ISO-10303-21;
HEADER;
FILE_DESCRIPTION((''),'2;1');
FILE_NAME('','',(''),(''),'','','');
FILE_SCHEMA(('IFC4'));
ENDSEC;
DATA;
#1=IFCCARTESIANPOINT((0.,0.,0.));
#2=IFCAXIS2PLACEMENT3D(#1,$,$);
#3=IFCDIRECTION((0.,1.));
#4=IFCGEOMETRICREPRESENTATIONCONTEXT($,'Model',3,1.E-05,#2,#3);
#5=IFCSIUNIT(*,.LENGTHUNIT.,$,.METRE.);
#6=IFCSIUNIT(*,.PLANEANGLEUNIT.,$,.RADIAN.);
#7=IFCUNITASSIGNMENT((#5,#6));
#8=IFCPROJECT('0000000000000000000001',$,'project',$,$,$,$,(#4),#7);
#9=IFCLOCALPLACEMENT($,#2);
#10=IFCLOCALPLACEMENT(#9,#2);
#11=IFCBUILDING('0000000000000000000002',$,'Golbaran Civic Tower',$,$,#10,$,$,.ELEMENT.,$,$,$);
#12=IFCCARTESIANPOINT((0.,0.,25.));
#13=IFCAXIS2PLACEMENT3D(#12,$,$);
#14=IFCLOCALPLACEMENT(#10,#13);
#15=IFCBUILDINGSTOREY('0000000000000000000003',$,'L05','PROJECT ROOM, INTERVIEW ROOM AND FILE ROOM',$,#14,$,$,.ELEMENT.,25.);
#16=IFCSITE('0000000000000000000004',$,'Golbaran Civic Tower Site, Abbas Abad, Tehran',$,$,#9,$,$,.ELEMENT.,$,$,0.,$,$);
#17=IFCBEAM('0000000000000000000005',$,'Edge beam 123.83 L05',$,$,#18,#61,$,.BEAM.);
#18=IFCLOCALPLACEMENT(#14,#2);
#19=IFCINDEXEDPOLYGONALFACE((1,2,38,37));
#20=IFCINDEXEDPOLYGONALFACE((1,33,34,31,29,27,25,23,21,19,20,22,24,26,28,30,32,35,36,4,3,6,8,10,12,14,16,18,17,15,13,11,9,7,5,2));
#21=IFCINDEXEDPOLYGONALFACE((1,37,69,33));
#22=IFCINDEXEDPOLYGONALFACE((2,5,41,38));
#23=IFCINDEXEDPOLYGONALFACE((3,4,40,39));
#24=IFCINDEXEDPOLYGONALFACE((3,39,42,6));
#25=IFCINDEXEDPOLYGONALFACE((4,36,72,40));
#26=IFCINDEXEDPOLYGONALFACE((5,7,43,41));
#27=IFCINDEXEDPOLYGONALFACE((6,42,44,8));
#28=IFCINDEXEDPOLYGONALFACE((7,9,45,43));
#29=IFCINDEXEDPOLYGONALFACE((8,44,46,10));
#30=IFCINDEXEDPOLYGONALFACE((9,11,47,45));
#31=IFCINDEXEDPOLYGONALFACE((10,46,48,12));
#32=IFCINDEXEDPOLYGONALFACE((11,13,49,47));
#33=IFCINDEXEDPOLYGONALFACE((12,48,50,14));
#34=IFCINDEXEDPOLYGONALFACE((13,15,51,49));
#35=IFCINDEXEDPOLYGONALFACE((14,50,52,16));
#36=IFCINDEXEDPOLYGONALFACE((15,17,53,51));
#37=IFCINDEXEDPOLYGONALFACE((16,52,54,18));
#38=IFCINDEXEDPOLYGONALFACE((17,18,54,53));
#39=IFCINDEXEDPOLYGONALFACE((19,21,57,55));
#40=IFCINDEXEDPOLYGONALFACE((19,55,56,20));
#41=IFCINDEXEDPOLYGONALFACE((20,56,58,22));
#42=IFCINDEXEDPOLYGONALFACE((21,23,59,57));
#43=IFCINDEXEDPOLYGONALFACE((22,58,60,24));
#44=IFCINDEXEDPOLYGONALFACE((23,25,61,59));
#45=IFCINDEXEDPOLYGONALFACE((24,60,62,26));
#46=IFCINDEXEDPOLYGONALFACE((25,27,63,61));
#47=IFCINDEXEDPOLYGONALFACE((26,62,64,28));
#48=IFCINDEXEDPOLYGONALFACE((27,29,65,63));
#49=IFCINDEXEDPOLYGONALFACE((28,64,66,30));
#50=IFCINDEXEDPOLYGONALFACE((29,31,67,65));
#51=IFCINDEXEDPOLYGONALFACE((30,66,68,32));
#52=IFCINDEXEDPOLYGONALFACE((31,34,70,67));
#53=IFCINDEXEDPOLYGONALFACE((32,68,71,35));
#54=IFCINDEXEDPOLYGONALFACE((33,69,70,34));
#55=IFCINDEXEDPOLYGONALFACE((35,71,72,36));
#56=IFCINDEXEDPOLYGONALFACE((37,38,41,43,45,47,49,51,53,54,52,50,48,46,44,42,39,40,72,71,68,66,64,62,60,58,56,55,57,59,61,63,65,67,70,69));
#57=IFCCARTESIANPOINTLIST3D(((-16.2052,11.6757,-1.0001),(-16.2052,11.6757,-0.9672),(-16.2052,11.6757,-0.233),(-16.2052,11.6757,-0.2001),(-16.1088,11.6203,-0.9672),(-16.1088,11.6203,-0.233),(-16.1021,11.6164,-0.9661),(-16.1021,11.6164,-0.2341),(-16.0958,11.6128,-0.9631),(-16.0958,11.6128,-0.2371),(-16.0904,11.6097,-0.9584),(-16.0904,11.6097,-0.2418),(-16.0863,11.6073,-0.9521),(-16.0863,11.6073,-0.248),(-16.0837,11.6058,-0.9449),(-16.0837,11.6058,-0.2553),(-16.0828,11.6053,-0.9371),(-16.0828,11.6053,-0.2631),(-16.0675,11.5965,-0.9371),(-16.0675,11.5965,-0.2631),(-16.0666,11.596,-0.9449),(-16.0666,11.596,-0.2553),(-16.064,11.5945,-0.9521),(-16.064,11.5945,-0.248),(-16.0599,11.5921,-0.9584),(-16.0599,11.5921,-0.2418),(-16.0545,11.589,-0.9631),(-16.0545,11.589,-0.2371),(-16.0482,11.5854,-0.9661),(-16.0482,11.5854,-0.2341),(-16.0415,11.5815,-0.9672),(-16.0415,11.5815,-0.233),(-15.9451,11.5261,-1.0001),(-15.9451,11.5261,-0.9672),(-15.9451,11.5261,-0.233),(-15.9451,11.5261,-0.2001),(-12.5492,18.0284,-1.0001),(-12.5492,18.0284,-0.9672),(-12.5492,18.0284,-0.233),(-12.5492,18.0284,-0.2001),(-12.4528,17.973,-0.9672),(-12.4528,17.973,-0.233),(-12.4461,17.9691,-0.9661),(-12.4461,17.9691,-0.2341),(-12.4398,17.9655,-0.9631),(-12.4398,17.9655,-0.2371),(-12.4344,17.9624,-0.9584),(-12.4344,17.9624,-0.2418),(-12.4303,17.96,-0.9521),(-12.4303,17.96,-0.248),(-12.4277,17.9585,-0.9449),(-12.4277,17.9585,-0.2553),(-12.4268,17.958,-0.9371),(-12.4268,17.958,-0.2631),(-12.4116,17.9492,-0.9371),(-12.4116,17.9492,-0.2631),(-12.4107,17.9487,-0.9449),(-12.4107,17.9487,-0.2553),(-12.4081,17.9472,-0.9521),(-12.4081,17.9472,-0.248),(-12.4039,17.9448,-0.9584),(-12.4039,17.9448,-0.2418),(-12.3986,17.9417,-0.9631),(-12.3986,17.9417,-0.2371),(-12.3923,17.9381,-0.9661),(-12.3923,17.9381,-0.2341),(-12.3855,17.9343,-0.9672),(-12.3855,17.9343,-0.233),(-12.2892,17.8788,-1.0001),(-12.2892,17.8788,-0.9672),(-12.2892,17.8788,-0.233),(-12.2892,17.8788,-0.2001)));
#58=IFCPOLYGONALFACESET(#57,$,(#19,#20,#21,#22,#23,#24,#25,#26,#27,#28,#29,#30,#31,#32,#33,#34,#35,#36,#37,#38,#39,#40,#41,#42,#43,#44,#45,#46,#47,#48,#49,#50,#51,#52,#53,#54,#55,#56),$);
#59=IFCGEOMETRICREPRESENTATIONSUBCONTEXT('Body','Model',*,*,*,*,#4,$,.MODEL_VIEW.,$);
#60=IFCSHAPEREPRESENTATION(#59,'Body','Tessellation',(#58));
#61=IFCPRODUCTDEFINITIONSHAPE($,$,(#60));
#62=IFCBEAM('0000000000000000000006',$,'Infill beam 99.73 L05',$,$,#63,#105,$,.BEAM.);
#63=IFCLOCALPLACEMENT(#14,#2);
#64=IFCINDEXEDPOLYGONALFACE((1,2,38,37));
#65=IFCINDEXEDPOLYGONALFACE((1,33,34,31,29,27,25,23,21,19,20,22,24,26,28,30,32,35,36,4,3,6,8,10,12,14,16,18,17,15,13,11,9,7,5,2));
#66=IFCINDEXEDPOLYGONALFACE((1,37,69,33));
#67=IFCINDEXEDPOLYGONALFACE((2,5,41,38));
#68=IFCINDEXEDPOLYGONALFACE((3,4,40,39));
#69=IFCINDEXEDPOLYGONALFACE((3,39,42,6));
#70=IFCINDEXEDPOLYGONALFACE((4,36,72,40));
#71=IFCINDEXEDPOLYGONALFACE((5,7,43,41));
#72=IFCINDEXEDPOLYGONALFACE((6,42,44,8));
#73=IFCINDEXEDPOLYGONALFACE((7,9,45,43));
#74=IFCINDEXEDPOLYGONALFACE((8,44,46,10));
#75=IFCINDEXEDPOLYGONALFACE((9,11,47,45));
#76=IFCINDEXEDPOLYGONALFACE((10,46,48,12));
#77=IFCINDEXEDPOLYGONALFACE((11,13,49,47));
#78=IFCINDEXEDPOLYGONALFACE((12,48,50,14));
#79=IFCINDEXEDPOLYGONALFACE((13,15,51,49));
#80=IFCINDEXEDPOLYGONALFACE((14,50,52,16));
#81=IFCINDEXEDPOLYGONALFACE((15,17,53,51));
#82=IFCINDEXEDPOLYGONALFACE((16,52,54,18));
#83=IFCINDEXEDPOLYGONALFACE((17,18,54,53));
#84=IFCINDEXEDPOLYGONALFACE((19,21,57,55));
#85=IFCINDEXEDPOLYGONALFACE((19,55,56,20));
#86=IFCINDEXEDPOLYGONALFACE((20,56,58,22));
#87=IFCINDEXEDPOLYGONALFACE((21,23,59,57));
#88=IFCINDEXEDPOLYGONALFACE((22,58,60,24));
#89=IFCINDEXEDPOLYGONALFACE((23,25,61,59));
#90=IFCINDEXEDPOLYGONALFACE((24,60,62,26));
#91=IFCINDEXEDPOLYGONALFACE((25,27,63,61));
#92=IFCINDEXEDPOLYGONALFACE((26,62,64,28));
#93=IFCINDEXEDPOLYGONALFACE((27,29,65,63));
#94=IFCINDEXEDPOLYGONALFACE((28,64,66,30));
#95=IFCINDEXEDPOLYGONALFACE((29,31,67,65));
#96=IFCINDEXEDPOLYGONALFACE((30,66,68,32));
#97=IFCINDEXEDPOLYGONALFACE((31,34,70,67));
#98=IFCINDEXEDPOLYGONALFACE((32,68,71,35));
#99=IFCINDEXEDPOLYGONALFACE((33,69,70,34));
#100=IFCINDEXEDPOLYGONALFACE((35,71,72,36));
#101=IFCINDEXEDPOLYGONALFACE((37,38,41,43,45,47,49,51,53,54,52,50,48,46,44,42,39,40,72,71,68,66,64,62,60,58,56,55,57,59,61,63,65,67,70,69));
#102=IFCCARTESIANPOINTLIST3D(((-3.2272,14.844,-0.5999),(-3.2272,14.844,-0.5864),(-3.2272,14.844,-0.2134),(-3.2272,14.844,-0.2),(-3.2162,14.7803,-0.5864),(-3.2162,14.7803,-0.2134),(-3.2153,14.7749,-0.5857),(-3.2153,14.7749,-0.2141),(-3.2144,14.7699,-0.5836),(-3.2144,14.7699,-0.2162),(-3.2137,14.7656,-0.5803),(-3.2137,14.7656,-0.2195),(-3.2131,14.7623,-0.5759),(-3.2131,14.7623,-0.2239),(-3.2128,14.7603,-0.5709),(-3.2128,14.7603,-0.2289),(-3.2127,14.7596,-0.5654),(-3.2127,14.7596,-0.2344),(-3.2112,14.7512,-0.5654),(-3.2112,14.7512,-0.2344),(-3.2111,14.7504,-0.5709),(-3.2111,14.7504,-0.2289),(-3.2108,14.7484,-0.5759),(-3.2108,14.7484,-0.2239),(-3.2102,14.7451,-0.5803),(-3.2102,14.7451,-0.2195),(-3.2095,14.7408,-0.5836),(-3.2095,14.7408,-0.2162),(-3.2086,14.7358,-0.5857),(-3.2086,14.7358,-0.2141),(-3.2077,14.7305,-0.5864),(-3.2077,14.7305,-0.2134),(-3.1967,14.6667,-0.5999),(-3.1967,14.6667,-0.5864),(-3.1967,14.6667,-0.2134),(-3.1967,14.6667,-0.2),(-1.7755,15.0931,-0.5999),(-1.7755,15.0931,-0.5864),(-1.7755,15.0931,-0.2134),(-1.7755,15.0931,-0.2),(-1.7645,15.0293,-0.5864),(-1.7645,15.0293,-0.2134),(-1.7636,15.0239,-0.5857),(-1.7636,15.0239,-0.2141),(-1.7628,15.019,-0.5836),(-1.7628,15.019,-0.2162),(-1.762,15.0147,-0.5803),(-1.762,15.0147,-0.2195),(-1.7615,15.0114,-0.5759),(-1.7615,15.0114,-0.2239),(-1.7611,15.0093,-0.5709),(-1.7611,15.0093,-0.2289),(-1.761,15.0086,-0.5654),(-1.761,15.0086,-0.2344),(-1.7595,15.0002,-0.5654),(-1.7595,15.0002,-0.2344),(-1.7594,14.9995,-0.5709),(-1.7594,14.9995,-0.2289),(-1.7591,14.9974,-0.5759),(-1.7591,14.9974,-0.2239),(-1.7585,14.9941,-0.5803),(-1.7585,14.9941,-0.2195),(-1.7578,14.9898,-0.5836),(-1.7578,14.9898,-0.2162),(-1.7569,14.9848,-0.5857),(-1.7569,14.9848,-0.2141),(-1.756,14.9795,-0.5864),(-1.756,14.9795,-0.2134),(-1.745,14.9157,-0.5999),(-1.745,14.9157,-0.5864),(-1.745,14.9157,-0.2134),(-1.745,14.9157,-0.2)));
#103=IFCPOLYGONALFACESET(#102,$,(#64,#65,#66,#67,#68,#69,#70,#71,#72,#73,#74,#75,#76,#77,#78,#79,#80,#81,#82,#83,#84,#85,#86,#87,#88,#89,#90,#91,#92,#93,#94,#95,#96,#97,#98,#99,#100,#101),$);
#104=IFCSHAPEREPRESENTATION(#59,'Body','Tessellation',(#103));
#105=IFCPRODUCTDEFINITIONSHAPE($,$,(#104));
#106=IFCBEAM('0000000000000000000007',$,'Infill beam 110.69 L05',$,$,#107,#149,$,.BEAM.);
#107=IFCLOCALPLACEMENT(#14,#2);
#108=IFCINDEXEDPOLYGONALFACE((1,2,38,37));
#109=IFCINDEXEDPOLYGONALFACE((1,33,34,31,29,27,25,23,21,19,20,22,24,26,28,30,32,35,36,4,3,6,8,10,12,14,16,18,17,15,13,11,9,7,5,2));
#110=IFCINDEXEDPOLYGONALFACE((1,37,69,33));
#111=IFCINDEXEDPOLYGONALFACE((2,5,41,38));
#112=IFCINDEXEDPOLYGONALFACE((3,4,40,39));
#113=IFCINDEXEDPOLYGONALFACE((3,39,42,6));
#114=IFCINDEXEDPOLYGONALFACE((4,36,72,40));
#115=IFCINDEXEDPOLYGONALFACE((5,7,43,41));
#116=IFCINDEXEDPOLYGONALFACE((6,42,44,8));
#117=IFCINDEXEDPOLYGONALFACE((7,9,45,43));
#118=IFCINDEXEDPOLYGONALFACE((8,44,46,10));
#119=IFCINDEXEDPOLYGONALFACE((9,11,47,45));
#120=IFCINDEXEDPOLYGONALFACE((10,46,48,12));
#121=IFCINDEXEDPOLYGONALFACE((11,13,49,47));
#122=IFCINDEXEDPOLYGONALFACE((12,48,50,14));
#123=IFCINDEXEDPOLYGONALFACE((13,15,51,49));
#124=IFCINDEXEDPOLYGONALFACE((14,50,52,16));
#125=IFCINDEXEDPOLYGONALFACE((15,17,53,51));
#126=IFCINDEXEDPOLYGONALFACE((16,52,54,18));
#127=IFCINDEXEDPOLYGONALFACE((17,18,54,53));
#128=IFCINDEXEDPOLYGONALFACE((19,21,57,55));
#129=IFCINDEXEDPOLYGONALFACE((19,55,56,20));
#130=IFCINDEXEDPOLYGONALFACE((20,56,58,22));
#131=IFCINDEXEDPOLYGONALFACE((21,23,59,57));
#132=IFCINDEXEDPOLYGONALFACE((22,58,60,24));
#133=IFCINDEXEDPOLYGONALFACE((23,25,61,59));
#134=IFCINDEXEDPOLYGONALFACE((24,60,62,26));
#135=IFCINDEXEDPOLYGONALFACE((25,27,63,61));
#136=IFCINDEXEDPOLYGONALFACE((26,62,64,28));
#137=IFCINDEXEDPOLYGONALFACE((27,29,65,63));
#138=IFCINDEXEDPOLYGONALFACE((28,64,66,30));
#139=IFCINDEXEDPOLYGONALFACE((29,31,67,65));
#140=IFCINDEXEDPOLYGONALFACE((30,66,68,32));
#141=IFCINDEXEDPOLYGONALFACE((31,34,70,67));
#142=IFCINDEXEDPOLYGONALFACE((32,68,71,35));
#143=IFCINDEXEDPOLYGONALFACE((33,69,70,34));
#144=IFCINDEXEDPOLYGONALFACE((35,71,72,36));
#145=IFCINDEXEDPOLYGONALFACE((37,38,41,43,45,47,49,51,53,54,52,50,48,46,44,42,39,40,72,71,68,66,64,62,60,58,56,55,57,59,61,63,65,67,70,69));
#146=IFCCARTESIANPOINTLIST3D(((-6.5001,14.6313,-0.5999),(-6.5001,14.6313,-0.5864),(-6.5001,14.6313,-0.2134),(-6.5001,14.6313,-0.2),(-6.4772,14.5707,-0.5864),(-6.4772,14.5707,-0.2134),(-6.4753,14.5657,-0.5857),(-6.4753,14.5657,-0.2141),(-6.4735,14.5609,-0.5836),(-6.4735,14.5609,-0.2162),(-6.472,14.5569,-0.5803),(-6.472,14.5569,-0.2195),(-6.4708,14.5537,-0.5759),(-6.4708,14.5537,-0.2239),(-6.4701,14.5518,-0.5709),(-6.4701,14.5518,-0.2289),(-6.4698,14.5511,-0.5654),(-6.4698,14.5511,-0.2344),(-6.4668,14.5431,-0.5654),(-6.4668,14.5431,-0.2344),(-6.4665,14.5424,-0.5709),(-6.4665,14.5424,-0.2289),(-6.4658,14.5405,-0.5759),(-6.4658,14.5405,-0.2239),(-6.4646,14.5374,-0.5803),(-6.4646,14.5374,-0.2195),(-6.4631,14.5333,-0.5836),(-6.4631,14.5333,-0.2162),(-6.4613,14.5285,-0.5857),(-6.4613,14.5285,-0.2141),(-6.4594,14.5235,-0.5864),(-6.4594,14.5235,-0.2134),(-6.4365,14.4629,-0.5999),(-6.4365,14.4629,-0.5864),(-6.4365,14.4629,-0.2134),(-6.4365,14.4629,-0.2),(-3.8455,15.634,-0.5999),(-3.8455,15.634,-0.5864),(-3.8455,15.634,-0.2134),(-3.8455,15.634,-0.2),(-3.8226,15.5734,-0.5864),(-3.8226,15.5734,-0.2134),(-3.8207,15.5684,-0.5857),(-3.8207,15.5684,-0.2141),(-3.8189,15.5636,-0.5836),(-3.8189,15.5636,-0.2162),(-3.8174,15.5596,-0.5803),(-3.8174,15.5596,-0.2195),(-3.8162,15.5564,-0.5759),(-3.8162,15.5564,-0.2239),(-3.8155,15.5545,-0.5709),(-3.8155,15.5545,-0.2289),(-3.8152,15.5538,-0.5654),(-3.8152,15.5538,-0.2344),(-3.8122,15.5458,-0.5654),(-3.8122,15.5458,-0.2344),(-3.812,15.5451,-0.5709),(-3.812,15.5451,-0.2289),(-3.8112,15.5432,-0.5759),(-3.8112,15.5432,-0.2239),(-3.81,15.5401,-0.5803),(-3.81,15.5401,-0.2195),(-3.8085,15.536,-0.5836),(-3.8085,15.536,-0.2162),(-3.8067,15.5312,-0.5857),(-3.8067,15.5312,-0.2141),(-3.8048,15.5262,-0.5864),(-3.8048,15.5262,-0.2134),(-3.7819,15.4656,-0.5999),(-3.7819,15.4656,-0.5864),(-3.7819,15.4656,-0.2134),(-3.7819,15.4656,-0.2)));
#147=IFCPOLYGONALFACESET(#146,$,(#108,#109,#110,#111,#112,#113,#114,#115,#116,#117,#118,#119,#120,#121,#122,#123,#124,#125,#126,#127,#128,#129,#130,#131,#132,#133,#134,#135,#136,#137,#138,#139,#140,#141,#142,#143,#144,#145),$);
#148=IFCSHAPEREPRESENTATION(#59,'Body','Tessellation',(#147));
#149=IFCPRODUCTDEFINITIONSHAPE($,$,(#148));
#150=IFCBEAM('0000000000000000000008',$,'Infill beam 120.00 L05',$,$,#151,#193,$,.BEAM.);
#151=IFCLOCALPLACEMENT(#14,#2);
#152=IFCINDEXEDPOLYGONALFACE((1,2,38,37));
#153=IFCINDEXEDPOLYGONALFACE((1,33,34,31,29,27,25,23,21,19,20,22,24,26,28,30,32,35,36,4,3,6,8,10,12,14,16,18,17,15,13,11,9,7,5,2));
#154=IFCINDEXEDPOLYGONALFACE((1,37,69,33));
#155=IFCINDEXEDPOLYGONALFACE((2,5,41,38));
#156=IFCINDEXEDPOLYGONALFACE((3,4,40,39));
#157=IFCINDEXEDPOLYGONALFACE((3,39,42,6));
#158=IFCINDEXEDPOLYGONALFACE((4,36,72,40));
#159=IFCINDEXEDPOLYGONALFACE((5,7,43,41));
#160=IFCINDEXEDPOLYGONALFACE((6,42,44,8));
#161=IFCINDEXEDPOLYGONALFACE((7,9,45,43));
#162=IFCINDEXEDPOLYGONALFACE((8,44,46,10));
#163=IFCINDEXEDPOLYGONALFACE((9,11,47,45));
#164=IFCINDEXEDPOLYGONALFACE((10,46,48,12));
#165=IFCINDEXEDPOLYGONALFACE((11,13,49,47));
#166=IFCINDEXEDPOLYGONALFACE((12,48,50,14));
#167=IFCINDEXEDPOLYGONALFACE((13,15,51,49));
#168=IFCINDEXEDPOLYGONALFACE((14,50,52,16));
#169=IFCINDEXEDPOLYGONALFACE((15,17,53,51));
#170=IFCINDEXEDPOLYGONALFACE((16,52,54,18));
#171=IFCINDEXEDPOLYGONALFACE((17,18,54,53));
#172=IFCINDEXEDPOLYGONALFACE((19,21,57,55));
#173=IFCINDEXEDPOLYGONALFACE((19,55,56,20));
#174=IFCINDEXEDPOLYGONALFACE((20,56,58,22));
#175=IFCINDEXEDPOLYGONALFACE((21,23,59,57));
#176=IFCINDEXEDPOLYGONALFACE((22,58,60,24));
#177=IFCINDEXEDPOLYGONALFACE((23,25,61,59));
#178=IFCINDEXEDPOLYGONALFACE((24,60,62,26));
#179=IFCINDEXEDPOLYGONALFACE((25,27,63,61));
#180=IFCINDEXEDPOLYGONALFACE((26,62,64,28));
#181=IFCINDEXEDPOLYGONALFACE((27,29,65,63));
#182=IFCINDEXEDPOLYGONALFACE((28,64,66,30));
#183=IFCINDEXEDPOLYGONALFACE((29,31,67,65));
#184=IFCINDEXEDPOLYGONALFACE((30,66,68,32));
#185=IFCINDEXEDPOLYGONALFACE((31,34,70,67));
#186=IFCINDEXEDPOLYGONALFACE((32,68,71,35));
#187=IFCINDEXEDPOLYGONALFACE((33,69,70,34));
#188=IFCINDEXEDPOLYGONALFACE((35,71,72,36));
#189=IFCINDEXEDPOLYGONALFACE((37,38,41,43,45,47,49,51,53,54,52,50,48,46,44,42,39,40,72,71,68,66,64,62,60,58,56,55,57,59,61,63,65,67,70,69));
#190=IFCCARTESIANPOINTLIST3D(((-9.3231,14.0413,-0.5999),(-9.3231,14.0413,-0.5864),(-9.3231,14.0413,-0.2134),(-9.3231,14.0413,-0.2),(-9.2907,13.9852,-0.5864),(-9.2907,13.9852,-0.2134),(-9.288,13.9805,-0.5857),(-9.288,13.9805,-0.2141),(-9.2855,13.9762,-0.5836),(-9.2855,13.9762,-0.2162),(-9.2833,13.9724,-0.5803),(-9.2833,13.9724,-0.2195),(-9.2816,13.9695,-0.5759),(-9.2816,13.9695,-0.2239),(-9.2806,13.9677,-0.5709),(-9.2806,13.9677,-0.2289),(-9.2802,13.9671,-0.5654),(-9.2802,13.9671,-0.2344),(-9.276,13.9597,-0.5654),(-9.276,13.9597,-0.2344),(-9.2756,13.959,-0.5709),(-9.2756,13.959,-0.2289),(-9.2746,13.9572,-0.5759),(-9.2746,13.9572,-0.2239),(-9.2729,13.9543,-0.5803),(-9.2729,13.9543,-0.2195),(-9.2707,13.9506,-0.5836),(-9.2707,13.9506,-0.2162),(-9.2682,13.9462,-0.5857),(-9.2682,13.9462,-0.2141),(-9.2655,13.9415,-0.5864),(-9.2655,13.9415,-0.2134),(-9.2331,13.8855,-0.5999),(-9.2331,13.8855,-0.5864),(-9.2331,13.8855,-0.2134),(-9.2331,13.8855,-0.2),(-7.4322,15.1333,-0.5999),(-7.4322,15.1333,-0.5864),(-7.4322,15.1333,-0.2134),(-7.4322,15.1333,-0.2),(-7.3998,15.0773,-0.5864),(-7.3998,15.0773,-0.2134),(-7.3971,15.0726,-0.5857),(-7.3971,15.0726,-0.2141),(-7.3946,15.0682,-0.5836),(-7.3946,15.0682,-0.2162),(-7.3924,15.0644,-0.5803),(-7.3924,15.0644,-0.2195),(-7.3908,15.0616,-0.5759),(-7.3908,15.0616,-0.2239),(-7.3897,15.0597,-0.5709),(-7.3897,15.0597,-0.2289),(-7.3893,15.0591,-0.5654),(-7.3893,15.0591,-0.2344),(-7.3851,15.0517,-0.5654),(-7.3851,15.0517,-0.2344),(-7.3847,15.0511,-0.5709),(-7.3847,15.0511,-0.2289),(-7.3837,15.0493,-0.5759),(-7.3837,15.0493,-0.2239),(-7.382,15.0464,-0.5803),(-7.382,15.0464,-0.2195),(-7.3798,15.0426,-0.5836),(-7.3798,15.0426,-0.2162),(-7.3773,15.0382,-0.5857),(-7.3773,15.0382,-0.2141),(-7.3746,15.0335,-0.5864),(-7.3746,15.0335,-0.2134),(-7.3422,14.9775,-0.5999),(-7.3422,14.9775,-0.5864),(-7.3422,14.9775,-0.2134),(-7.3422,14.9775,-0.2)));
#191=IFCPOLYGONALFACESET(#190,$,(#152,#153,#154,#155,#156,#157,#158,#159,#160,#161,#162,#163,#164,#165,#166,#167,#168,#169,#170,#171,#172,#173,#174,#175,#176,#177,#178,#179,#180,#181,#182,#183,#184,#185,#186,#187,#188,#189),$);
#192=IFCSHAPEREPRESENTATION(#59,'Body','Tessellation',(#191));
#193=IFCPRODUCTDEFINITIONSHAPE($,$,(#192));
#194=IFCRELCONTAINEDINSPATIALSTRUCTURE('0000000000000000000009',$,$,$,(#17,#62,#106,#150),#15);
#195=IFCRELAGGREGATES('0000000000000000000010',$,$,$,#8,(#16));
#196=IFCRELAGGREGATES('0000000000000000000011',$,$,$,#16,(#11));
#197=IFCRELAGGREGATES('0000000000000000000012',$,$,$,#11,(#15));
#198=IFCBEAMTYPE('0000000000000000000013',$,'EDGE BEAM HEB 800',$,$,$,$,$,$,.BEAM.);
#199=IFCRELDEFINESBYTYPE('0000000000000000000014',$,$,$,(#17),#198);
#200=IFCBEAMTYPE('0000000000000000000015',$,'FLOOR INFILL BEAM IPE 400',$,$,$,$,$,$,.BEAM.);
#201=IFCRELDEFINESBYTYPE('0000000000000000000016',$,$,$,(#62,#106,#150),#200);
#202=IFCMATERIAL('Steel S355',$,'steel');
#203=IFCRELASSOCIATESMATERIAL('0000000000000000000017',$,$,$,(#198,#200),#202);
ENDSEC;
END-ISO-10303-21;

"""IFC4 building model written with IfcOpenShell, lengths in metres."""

from ifc_helpers import new_model, si_unit, direction, frame, origin, origin_2d, place, context, subcontext, project, spatial, i_section, extrude, material, material_profile, profile_set, type_object, element, save


model = new_model("IFC4")

# Units and contexts
model_context = context("Model", 3, precision=1e-05, world=origin(), true_north=direction((0.0, 1.0)))
body_context = subcontext(model_context, "Body", "Model", "MODEL_VIEW")
ifc_project = project(units=[si_unit("LENGTHUNIT", "METRE"), si_unit("PLANEANGLEUNIT", "RADIAN")], contexts=[model_context])

# Site, building, storey
site_placement = place(None, origin())
site = spatial("IfcSite", under=ifc_project, at=site_placement, Name="Golbaran Civic Tower Site, Abbas Abad, Tehran", CompositionType="ELEMENT", RefElevation=0.0)
building_placement = place(site_placement, origin())
building = spatial("IfcBuilding", under=site, at=building_placement, Name="Golbaran Civic Tower", CompositionType="ELEMENT")
storey_placement = place(building_placement, frame((0.0, 0.0, 25.0)))
storey = spatial("IfcBuildingStorey", under=building, at=storey_placement, Name="L05", Description="PROJECT ROOM, INTERVIEW ROOM AND FILE ROOM", CompositionType="ELEMENT", Elevation=25.0)

# Beams
ifc_material_1 = material(Name="Steel S355", Category="steel")
ifc_material_profile_1 = material_profile(ifc_material_1, i_section(OverallWidth=0.3, OverallDepth=0.8, WebThickness=0.0176, FlangeThickness=0.033, FilletRadius=0.03, at=origin_2d()), Name="HEB 800")
ifc_profile_set_1 = profile_set([ifc_material_profile_1], Name="Steel S355")
beam_type_1 = type_object("IfcBeamType", Name="EDGE BEAM HEB 800", PredefinedType="BEAM", material=ifc_profile_set_1)
beam_1_placement = place(storey_placement, frame((-12.4192, 17.9536, -0.6001), z_axis=(-0.498795, -0.86672, 0.0), x_axis=(0.86672, -0.498795, 0.0)))
element("IfcBeam", 1, at=beam_1_placement, inside=storey, type_object=beam_type_1, Name="Edge beam 123.83 L05", PredefinedType="BEAM", context=body_context, shape_type="SweptSolid", body=[
    extrude(i_section(OverallWidth=0.3, OverallDepth=0.8, WebThickness=0.0176, FlangeThickness=0.033, FilletRadius=0.03, at=origin_2d()), origin(), (0.0, 0.0, 1.0), 7.3296),
])
ifc_material_profile_2 = material_profile(ifc_material_1, i_section(OverallWidth=0.1799, OverallDepth=0.3999, WebThickness=0.0085, FlangeThickness=0.0134, FilletRadius=0.021, at=origin_2d()), Name="IPE 400")
ifc_profile_set_2 = profile_set([ifc_material_profile_2], Name="Steel S355")
beam_type_2 = type_object("IfcBeamType", Name="FLOOR INFILL BEAM IPE 400", PredefinedType="BEAM", material=ifc_profile_set_2)
beam_2_placement = place(storey_placement, frame((-1.7603, 15.0044, -0.3999), z_axis=(-0.985603, -0.169074, 0.0), x_axis=(0.169074, -0.985603, 0.0)))
element("IfcBeam", 2, at=beam_2_placement, inside=storey, type_object=beam_type_2, Name="Infill beam 99.73 L05", PredefinedType="BEAM", context=body_context, shape_type="SweptSolid", body=[
    extrude(i_section(OverallWidth=0.1799, OverallDepth=0.3999, WebThickness=0.0085, FlangeThickness=0.0134, FilletRadius=0.021, at=origin_2d()), origin(), (0.0, 0.0, 1.0), 1.4729),
])
beam_3_placement = place(storey_placement, frame((-3.8137, 15.5498, -0.3999), z_axis=(-0.935489, -0.353357, 0.0), x_axis=(0.353357, -0.935489, 0.0)))
element("IfcBeam", 3, at=beam_3_placement, inside=storey, type_object=beam_type_2, Name="Infill beam 110.69 L05", PredefinedType="BEAM", context=body_context, shape_type="SweptSolid", body=[
    extrude(i_section(OverallWidth=0.1799, OverallDepth=0.3999, WebThickness=0.0085, FlangeThickness=0.0134, FilletRadius=0.021, at=origin_2d()), origin(), (0.0, 0.0, 1.0), 2.8376),
])
beam_4_placement = place(storey_placement, frame((-7.3872, 15.0554, -0.3999), z_axis=(-0.865957, -0.500119, 0.0), x_axis=(0.500119, -0.865957, 0.0)))
element("IfcBeam", 4, at=beam_4_placement, inside=storey, type_object=beam_type_2, Name="Infill beam 120.00 L05", PredefinedType="BEAM", context=body_context, shape_type="SweptSolid", body=[
    extrude(i_section(OverallWidth=0.1799, OverallDepth=0.3999, WebThickness=0.0085, FlangeThickness=0.0134, FilletRadius=0.021, at=origin_2d()), origin(), (0.0, 0.0, 1.0), 2.1836),
])

save(model, "model.ifc")
